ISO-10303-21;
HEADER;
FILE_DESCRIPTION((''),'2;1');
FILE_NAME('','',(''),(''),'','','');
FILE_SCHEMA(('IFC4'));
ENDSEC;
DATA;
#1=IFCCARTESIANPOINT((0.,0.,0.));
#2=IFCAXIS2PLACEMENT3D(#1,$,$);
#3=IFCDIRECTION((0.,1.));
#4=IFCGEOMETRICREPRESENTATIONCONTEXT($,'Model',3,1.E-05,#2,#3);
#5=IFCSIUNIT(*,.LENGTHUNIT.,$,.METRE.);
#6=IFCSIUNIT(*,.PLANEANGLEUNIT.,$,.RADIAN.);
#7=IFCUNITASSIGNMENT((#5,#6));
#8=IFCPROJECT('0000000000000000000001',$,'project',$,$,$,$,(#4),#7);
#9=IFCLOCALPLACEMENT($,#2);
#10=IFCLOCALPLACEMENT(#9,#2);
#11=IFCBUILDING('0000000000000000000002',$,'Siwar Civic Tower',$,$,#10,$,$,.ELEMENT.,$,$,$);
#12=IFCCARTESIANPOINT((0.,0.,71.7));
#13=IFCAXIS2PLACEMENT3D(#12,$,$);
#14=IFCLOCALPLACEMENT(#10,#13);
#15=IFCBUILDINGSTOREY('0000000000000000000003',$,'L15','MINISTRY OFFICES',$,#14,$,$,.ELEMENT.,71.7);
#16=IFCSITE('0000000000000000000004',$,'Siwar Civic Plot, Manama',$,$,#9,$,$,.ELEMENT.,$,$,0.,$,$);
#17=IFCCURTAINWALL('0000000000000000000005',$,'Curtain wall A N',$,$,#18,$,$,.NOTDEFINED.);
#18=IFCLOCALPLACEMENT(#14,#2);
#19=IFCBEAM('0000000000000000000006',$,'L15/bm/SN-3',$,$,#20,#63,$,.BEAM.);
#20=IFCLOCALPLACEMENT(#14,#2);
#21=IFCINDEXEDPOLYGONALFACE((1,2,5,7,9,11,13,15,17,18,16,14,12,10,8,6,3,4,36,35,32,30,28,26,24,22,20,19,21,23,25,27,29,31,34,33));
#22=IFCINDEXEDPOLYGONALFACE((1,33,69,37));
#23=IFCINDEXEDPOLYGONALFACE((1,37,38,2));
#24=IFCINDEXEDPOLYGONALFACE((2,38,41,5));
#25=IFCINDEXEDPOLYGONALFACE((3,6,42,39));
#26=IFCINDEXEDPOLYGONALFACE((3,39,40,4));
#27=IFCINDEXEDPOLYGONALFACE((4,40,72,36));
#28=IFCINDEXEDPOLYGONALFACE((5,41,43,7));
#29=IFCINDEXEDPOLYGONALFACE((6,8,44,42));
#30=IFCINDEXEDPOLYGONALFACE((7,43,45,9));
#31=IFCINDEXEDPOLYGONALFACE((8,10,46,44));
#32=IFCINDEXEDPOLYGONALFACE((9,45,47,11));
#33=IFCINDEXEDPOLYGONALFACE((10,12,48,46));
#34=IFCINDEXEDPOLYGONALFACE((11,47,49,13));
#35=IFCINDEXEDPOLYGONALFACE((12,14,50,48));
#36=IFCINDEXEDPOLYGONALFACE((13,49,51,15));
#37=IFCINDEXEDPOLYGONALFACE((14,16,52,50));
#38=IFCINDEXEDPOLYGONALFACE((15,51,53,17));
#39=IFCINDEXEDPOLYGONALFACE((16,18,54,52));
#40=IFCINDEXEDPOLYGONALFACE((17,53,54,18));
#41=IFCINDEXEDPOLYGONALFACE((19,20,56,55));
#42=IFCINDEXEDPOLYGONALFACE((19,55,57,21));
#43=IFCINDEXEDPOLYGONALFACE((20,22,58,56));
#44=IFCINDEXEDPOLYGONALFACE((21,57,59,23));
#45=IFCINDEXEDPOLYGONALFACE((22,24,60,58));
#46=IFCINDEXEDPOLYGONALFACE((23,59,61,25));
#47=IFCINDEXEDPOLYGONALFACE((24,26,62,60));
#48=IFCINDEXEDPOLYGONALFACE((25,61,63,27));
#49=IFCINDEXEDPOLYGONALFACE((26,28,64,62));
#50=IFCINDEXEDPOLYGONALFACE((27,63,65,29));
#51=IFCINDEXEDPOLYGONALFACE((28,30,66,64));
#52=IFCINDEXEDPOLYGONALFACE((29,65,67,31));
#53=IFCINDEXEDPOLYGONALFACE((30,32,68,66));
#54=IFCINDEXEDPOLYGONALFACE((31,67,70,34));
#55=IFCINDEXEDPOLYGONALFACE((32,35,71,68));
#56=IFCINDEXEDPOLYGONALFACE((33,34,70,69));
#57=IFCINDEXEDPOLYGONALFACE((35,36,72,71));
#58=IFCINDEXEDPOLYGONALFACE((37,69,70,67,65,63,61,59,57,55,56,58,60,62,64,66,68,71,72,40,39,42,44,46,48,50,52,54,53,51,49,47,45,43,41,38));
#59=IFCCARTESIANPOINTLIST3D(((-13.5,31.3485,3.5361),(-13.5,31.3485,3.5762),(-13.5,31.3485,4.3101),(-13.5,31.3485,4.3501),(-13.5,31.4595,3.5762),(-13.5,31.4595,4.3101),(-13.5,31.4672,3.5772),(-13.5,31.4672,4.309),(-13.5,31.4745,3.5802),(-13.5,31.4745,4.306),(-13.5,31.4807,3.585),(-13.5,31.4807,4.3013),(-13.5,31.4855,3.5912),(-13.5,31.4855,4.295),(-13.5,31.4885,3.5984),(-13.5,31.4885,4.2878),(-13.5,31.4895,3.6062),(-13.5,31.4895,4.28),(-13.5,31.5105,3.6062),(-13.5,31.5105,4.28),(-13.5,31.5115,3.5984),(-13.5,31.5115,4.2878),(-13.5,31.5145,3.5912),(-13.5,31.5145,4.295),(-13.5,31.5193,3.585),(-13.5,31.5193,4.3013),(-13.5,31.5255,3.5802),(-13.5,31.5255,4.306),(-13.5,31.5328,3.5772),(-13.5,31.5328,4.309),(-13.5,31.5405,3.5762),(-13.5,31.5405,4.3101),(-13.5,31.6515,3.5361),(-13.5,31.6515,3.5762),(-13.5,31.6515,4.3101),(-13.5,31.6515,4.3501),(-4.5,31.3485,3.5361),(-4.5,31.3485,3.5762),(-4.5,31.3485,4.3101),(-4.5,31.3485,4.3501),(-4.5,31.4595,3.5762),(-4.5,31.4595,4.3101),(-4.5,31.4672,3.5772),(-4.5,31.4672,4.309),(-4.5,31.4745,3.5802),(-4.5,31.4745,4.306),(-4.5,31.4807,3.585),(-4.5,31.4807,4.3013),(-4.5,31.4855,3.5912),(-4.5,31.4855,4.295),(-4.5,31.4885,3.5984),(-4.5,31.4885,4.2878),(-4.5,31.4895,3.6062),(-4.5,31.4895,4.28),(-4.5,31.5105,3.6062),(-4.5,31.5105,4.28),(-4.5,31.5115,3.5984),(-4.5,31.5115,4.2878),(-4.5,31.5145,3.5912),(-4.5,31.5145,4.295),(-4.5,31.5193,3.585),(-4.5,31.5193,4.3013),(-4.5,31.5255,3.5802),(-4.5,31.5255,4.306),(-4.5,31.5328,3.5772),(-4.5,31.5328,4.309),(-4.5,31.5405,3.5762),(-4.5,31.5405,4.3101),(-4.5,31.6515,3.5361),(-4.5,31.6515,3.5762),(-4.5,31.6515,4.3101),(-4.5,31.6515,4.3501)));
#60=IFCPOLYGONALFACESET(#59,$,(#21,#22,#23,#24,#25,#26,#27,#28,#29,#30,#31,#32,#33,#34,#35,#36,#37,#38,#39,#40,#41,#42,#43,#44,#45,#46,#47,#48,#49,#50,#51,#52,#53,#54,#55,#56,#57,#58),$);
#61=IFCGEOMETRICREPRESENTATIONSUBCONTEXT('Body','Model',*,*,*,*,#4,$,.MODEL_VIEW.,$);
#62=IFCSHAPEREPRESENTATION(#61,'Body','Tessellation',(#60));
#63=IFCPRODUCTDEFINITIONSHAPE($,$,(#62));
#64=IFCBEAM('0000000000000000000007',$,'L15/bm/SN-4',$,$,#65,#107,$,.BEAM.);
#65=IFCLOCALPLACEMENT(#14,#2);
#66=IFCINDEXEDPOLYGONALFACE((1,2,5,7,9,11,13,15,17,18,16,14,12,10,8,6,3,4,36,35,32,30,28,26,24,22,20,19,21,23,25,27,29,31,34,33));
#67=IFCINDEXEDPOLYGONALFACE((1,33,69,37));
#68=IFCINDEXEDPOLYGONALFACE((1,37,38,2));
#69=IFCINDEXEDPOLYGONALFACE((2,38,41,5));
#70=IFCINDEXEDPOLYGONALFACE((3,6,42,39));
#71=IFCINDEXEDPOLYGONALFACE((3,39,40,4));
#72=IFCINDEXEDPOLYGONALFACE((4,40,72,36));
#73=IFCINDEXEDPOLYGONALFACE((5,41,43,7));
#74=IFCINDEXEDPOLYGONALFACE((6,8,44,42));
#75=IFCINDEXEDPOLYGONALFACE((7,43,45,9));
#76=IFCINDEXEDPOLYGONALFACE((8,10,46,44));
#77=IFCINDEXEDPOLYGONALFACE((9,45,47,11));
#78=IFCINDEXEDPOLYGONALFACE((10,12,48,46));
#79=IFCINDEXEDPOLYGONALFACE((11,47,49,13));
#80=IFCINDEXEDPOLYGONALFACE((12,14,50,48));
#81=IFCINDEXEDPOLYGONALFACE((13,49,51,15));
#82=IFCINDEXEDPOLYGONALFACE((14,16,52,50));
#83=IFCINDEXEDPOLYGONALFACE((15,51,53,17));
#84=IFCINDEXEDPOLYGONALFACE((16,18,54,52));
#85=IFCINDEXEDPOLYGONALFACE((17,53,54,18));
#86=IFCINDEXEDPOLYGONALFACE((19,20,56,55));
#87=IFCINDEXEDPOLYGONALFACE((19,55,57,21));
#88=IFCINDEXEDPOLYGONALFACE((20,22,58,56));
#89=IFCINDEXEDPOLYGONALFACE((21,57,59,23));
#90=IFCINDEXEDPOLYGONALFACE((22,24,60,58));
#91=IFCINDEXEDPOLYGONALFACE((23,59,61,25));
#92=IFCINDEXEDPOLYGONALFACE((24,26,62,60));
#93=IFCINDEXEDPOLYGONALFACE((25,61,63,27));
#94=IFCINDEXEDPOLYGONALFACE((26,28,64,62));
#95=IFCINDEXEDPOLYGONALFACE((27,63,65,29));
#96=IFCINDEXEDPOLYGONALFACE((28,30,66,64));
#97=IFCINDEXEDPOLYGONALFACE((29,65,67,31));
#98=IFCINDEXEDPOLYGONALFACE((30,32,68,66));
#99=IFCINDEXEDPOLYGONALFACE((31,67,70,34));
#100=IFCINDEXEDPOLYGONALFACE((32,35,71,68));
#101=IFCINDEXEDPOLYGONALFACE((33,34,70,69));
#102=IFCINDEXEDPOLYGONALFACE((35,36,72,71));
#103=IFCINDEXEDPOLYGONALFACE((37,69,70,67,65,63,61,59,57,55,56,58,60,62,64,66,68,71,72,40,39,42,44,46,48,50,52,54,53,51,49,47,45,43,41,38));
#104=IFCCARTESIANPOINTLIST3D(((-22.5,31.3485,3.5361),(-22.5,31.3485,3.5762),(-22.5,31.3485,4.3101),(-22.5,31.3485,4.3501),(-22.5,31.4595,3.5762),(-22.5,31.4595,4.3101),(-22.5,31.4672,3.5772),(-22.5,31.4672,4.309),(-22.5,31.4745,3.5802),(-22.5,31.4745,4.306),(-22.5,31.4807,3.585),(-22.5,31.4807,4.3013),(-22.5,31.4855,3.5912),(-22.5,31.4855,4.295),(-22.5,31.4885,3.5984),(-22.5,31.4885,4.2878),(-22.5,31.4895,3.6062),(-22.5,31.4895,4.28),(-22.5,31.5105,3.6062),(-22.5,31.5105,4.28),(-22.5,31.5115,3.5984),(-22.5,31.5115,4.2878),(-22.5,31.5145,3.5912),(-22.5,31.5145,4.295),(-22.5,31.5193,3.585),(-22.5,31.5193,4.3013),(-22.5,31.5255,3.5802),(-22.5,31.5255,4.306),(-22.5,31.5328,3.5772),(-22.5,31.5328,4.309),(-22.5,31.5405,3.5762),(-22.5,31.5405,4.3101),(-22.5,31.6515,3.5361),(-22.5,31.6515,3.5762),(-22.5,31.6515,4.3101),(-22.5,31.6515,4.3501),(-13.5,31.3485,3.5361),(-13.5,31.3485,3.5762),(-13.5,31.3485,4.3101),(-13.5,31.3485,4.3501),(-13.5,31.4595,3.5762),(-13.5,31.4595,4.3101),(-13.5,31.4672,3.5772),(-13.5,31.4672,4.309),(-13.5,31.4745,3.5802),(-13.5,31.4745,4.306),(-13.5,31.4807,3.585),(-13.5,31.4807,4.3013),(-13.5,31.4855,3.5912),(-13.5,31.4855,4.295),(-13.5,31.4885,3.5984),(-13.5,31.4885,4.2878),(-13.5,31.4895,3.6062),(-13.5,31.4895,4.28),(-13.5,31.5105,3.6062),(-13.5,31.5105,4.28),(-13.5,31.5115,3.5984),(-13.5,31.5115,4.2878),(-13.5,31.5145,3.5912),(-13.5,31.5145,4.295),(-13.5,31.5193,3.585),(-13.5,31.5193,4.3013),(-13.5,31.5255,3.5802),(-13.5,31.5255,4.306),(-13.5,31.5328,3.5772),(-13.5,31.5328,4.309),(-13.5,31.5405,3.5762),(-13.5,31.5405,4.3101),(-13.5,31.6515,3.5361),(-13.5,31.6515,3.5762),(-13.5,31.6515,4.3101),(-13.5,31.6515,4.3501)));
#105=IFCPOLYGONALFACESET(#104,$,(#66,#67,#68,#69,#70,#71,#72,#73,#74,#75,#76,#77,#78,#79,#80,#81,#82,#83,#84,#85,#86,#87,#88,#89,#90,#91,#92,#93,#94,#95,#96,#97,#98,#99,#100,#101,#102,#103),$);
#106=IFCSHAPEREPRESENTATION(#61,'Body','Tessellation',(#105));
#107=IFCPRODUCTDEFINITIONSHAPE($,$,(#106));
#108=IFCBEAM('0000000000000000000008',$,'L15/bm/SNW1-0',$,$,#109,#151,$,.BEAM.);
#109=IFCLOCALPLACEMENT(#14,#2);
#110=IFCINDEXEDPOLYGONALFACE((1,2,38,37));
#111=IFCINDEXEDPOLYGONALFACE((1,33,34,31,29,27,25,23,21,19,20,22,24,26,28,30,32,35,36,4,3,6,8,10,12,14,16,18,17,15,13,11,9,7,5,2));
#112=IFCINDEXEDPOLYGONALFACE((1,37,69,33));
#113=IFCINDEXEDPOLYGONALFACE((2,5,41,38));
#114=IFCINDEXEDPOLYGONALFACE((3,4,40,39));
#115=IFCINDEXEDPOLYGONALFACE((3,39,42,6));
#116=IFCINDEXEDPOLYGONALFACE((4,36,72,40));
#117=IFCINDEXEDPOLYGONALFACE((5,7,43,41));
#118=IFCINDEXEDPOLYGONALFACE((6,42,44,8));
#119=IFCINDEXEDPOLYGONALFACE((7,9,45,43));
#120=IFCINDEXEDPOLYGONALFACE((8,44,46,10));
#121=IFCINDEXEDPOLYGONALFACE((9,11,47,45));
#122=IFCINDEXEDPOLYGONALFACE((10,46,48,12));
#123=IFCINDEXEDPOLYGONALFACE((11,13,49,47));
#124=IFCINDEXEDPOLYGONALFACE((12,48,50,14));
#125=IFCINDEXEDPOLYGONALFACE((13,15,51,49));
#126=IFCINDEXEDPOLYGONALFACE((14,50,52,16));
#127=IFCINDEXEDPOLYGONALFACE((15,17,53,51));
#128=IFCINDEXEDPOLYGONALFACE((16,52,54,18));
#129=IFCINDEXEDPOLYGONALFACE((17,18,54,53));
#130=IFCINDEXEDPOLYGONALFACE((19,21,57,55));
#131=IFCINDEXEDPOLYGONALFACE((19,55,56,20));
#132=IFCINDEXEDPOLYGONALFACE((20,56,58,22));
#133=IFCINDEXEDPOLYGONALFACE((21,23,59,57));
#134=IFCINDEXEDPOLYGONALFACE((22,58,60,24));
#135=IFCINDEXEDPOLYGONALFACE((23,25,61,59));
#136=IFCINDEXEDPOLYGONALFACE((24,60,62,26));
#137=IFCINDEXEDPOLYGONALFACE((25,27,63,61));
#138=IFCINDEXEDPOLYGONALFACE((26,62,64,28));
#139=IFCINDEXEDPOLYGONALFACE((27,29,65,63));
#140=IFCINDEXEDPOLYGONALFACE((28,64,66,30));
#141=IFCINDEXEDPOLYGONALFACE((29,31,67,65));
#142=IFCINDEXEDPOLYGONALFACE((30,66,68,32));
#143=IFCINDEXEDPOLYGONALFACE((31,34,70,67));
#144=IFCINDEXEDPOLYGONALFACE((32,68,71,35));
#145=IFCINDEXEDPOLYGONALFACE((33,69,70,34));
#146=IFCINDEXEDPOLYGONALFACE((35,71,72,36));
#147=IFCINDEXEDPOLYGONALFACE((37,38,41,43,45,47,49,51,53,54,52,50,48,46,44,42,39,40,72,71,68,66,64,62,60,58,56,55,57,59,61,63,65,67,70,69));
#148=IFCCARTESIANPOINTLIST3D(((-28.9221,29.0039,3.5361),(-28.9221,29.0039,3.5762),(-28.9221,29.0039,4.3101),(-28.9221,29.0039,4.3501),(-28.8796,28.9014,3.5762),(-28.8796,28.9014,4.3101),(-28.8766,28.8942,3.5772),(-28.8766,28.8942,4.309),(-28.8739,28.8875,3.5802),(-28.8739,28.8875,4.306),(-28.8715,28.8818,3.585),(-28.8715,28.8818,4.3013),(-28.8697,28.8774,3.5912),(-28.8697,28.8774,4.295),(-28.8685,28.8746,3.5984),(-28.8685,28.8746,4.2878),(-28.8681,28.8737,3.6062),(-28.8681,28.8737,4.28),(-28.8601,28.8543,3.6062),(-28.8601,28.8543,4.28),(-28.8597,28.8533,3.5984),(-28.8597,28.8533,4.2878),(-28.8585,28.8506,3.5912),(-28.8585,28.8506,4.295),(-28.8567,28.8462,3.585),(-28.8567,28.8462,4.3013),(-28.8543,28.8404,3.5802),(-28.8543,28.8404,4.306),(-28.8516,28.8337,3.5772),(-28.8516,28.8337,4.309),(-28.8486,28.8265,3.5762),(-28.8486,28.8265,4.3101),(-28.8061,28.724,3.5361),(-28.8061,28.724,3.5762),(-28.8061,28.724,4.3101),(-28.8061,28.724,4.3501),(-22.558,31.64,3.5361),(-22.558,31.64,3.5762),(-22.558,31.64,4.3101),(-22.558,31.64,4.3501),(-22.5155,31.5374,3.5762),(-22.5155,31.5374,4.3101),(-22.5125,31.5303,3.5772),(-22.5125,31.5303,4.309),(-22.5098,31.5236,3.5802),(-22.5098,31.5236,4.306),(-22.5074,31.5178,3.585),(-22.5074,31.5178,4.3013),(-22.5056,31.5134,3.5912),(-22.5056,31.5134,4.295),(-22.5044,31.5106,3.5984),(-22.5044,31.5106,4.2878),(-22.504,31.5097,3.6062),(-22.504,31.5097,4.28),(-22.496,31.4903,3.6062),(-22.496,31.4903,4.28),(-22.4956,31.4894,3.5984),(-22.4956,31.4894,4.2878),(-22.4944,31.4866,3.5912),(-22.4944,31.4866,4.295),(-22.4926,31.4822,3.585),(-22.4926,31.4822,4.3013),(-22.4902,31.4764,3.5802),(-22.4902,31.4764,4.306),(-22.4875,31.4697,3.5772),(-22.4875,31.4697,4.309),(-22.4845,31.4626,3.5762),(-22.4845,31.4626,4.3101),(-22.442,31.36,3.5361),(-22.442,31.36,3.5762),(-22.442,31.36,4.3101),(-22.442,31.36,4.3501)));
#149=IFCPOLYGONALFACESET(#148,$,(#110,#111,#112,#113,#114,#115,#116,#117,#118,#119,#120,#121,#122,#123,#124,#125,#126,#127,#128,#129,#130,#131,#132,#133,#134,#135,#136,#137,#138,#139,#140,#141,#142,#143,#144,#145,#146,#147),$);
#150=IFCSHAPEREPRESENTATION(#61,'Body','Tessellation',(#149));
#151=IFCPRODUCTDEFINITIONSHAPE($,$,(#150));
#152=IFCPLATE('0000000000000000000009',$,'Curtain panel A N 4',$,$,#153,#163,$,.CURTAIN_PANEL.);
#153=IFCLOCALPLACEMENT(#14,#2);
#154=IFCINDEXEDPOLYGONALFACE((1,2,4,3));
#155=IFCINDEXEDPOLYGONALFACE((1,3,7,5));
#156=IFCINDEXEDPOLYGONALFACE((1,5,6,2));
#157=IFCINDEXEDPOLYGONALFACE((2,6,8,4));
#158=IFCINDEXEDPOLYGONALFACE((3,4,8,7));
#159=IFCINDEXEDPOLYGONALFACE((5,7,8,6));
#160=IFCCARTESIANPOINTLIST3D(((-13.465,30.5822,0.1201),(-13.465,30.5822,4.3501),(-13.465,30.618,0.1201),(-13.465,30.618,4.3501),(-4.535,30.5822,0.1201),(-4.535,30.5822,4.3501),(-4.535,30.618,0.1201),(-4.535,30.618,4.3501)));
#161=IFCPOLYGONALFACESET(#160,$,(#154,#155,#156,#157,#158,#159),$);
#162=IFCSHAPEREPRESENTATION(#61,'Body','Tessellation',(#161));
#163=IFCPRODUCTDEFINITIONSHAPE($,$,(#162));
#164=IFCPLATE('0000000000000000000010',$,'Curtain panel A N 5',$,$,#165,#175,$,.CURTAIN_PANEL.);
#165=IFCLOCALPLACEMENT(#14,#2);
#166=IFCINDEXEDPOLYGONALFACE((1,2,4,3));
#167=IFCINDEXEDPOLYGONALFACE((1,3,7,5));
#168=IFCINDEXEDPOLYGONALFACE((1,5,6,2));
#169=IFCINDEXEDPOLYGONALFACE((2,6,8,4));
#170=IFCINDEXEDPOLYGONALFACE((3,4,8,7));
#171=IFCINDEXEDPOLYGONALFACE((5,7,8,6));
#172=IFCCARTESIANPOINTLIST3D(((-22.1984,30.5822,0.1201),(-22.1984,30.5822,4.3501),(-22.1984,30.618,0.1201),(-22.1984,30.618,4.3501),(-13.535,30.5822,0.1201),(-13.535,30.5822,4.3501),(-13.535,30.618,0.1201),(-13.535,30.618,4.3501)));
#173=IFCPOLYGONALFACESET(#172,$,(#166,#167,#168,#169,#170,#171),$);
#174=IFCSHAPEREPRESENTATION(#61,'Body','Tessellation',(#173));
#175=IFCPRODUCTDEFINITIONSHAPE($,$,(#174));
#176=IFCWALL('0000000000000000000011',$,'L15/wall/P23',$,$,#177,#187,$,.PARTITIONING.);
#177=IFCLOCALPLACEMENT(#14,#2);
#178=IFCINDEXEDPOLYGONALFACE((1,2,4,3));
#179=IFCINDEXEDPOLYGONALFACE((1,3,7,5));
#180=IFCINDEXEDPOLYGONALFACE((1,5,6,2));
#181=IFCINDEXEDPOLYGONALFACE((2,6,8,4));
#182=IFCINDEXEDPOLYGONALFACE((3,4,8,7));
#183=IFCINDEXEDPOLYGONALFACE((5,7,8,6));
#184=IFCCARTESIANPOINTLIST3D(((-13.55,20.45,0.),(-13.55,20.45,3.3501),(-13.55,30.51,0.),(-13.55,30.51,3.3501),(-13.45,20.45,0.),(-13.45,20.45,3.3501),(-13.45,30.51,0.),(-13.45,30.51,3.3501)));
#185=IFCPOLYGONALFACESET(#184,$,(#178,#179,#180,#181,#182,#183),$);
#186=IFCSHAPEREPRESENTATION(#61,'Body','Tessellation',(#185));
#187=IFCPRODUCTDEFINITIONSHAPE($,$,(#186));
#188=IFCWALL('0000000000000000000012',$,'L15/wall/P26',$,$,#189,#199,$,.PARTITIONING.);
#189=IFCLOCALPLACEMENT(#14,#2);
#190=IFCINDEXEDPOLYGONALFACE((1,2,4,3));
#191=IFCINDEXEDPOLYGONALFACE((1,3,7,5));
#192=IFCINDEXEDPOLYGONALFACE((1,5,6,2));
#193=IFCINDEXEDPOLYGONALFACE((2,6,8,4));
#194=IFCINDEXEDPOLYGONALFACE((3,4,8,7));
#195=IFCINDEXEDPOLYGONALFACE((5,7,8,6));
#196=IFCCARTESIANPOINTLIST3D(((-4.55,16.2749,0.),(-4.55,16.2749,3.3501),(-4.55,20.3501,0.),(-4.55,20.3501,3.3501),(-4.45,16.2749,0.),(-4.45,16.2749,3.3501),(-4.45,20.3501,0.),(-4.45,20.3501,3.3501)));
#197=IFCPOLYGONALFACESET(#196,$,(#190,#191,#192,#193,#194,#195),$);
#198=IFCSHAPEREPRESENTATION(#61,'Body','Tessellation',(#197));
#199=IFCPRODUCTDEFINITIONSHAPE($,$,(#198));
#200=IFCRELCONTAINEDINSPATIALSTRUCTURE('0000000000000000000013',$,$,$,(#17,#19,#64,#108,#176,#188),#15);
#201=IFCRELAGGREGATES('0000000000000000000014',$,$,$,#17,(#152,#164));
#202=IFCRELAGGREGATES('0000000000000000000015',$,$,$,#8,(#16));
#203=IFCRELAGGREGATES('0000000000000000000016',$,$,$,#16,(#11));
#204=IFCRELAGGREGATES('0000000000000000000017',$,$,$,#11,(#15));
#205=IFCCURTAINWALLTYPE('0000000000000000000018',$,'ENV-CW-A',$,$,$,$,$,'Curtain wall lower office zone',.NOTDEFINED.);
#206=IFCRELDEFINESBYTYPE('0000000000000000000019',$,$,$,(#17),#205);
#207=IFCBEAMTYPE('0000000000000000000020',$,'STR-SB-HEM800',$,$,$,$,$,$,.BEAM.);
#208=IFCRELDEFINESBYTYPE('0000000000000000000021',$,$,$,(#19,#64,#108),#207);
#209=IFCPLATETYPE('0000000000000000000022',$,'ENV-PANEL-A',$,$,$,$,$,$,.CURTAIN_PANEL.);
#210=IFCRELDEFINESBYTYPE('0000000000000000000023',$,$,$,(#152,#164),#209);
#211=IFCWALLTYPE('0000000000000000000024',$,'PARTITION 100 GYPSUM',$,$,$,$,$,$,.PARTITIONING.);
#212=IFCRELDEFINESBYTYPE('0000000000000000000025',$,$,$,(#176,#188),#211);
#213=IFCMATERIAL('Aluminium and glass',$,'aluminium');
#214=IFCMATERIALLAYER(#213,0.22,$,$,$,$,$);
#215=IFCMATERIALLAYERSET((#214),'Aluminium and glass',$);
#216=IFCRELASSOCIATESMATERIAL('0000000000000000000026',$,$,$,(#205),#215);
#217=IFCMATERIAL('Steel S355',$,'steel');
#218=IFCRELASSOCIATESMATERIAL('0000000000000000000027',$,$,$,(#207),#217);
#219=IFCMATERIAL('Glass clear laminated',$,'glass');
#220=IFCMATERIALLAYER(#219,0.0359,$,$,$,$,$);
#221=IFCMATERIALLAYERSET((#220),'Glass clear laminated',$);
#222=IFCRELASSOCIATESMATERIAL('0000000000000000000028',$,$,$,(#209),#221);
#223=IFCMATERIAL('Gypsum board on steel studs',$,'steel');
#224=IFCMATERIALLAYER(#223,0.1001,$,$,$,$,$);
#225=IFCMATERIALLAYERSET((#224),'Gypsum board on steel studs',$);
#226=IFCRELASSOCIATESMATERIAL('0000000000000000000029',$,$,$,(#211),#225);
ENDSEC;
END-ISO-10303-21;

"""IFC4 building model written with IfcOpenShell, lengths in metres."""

from ifc_helpers import new_model, si_unit, direction, frame, frame_2d, origin, origin_2d, place, context, subcontext, project, spatial, rectangle, i_section, extrude, material, layer, layer_set, material_profile, profile_set, type_object, element, aggregate, save


model = new_model("IFC4")

# Units and contexts
model_context = context("Model", 3, precision=1e-05, world=origin(), true_north=direction((0.0, 1.0)))
body_context = subcontext(model_context, "Body", "Model", "MODEL_VIEW")
ifc_project = project(units=[si_unit("LENGTHUNIT", "METRE"), si_unit("PLANEANGLEUNIT", "RADIAN")], contexts=[model_context])

# Site, building, storey
site_placement = place(None, origin())
site = spatial("IfcSite", under=ifc_project, at=site_placement, Name="Siwar Civic Plot, Manama", CompositionType="ELEMENT", RefElevation=0.0)
building_placement = place(site_placement, origin())
building = spatial("IfcBuilding", under=site, at=building_placement, Name="Siwar Civic Tower", CompositionType="ELEMENT")
storey_placement = place(building_placement, frame((0.0, 0.0, 71.7)))
storey = spatial("IfcBuildingStorey", under=building, at=storey_placement, Name="L15", Description="MINISTRY OFFICES", CompositionType="ELEMENT", Elevation=71.7)

# Curtain wall
ifc_material_1 = material(Name="Aluminium and glass", Category="aluminium")
ifc_layer_1 = layer(ifc_material_1, 0.22)
ifc_layer_set_1 = layer_set([ifc_layer_1], Name="Aluminium and glass")
curtain_wall_type_1 = type_object("IfcCurtainWallType", Name="ENV-CW-A", ElementType="Curtain wall lower office zone", PredefinedType="NOTDEFINED", material=ifc_layer_set_1)
curtain_wall_1_placement = place(storey_placement, origin())
curtain_wall_1 = element("IfcCurtainWall", 1, at=curtain_wall_1_placement, inside=storey, type_object=curtain_wall_type_1, Name="Curtain wall A N", PredefinedType="NOTDEFINED")

# Beams
ifc_material_2 = material(Name="Steel S355", Category="steel")
ifc_material_profile_1 = material_profile(ifc_material_2, i_section(OverallWidth=0.303, OverallDepth=0.814, WebThickness=0.021, FlangeThickness=0.04, FilletRadius=0.03, at=origin_2d()), Name="HEM800")
ifc_profile_set_1 = profile_set([ifc_material_profile_1], Name="Steel S355")
beam_type_1 = type_object("IfcBeamType", Name="STR-SB-HEM800", PredefinedType="BEAM", material=ifc_profile_set_1)
for number, where, z_axis, x_axis, name in (
    (2, (-4.5, 31.5, 3.9431), (-1.0, 0.0, 0.0), (0.0, -1.0, 0.0), "L15/bm/SN-3"),
    (3, (-13.5, 31.5, 3.9431), (-1.0, 0.0, 0.0), (0.0, -1.0, 0.0), "L15/bm/SN-4"),
):
    element("IfcBeam", number, at=place(storey_placement, frame(where, z_axis=z_axis, x_axis=x_axis)), inside=storey, type_object=beam_type_1, Name=name, PredefinedType="BEAM", context=body_context, shape_type="SweptSolid", body=[
        extrude(i_section(OverallWidth=0.303, OverallDepth=0.814, WebThickness=0.021, FlangeThickness=0.04, FilletRadius=0.03, at=origin_2d()), origin(), (0.0, 0.0, 1.0), 9.0),
    ])
beam_placement = place(storey_placement, frame((-22.5, 31.5, 3.9431), z_axis=(-0.923883, -0.382674, 0.0), x_axis=(0.382674, -0.923883, 0.0)))
element("IfcBeam", 4, at=beam_placement, inside=storey, type_object=beam_type_1, Name="L15/bm/SNW1-0", PredefinedType="BEAM", context=body_context, shape_type="SweptSolid", body=[
    extrude(i_section(OverallWidth=0.303, OverallDepth=0.814, WebThickness=0.021, FlangeThickness=0.04, FilletRadius=0.03, at=origin_2d()), origin(), (0.0, 0.0, 1.0), 6.8884),
])

# Plates
ifc_material_3 = material(Name="Glass clear laminated", Category="glass")
ifc_layer_2 = layer(ifc_material_3, 0.0359)
ifc_layer_set_2 = layer_set([ifc_layer_2], Name="Glass clear laminated")
plate_type = type_object("IfcPlateType", Name="ENV-PANEL-A", PredefinedType="CURTAIN_PANEL", material=ifc_layer_set_2)
plate_1_placement = place(storey_placement, frame((-9.0, 30.6001, 0.1201), z_axis=(0.0, 0.0, 1.0), x_axis=(-1.0, 0.0, 0.0)))
plate_1 = element("IfcPlate", 5, at=plate_1_placement, type_object=plate_type, Name="Curtain panel A N 4", PredefinedType="CURTAIN_PANEL", context=body_context, shape_type="SweptSolid", body=[
    extrude(rectangle(XDim=8.9299, YDim=0.0359, at=origin_2d()), origin(), (0.0, 0.0, 1.0), 4.23),
])
plate_2_placement = place(storey_placement, frame((-17.8667, 30.6001, 0.1201), z_axis=(0.0, 0.0, 1.0), x_axis=(-1.0, 0.0, 0.0)))
plate_2 = element("IfcPlate", 6, at=plate_2_placement, type_object=plate_type, Name="Curtain panel A N 5", PredefinedType="CURTAIN_PANEL", context=body_context, shape_type="SweptSolid", body=[
    extrude(rectangle(XDim=8.6633, YDim=0.0359, at=origin_2d()), origin(), (0.0, 0.0, 1.0), 4.23),
])
aggregate(curtain_wall_1, [plate_1, plate_2])

# Walls
ifc_material_4 = material(Name="Gypsum board on steel studs", Category="steel")
ifc_layer_3 = layer(ifc_material_4, 0.1001)
ifc_layer_set_3 = layer_set([ifc_layer_3], Name="Gypsum board on steel studs")
wall_type = type_object("IfcWallType", Name="PARTITION 100 GYPSUM", PredefinedType="PARTITIONING", material=ifc_layer_set_3)
wall_1_placement = place(storey_placement, frame((-13.5, 20.45, 0.0), z_axis=(0.0, 0.0, 1.0), x_axis=(0.0, 1.0, 0.0)))
element("IfcWall", 7, at=wall_1_placement, inside=storey, type_object=wall_type, Name="L15/wall/P23", PredefinedType="PARTITIONING", context=body_context, shape_type="SweptSolid", body=[
    extrude(rectangle(XDim=10.0601, YDim=0.1001, at=frame_2d((5.03, 0.0))), origin(), (0.0, 0.0, 1.0), 3.3501),
])
wall_2_placement = place(storey_placement, frame((-4.5, 16.2749, 0.0), z_axis=(0.0, 0.0, 1.0), x_axis=(0.0, 1.0, 0.0)))
element("IfcWall", 8, at=wall_2_placement, inside=storey, type_object=wall_type, Name="L15/wall/P26", PredefinedType="PARTITIONING", context=body_context, shape_type="SweptSolid", body=[
    extrude(rectangle(XDim=4.0752, YDim=0.1001, at=frame_2d((2.0376, 0.0))), origin(), (0.0, 0.0, 1.0), 3.3501),
])

save(model, "model.ifc")
